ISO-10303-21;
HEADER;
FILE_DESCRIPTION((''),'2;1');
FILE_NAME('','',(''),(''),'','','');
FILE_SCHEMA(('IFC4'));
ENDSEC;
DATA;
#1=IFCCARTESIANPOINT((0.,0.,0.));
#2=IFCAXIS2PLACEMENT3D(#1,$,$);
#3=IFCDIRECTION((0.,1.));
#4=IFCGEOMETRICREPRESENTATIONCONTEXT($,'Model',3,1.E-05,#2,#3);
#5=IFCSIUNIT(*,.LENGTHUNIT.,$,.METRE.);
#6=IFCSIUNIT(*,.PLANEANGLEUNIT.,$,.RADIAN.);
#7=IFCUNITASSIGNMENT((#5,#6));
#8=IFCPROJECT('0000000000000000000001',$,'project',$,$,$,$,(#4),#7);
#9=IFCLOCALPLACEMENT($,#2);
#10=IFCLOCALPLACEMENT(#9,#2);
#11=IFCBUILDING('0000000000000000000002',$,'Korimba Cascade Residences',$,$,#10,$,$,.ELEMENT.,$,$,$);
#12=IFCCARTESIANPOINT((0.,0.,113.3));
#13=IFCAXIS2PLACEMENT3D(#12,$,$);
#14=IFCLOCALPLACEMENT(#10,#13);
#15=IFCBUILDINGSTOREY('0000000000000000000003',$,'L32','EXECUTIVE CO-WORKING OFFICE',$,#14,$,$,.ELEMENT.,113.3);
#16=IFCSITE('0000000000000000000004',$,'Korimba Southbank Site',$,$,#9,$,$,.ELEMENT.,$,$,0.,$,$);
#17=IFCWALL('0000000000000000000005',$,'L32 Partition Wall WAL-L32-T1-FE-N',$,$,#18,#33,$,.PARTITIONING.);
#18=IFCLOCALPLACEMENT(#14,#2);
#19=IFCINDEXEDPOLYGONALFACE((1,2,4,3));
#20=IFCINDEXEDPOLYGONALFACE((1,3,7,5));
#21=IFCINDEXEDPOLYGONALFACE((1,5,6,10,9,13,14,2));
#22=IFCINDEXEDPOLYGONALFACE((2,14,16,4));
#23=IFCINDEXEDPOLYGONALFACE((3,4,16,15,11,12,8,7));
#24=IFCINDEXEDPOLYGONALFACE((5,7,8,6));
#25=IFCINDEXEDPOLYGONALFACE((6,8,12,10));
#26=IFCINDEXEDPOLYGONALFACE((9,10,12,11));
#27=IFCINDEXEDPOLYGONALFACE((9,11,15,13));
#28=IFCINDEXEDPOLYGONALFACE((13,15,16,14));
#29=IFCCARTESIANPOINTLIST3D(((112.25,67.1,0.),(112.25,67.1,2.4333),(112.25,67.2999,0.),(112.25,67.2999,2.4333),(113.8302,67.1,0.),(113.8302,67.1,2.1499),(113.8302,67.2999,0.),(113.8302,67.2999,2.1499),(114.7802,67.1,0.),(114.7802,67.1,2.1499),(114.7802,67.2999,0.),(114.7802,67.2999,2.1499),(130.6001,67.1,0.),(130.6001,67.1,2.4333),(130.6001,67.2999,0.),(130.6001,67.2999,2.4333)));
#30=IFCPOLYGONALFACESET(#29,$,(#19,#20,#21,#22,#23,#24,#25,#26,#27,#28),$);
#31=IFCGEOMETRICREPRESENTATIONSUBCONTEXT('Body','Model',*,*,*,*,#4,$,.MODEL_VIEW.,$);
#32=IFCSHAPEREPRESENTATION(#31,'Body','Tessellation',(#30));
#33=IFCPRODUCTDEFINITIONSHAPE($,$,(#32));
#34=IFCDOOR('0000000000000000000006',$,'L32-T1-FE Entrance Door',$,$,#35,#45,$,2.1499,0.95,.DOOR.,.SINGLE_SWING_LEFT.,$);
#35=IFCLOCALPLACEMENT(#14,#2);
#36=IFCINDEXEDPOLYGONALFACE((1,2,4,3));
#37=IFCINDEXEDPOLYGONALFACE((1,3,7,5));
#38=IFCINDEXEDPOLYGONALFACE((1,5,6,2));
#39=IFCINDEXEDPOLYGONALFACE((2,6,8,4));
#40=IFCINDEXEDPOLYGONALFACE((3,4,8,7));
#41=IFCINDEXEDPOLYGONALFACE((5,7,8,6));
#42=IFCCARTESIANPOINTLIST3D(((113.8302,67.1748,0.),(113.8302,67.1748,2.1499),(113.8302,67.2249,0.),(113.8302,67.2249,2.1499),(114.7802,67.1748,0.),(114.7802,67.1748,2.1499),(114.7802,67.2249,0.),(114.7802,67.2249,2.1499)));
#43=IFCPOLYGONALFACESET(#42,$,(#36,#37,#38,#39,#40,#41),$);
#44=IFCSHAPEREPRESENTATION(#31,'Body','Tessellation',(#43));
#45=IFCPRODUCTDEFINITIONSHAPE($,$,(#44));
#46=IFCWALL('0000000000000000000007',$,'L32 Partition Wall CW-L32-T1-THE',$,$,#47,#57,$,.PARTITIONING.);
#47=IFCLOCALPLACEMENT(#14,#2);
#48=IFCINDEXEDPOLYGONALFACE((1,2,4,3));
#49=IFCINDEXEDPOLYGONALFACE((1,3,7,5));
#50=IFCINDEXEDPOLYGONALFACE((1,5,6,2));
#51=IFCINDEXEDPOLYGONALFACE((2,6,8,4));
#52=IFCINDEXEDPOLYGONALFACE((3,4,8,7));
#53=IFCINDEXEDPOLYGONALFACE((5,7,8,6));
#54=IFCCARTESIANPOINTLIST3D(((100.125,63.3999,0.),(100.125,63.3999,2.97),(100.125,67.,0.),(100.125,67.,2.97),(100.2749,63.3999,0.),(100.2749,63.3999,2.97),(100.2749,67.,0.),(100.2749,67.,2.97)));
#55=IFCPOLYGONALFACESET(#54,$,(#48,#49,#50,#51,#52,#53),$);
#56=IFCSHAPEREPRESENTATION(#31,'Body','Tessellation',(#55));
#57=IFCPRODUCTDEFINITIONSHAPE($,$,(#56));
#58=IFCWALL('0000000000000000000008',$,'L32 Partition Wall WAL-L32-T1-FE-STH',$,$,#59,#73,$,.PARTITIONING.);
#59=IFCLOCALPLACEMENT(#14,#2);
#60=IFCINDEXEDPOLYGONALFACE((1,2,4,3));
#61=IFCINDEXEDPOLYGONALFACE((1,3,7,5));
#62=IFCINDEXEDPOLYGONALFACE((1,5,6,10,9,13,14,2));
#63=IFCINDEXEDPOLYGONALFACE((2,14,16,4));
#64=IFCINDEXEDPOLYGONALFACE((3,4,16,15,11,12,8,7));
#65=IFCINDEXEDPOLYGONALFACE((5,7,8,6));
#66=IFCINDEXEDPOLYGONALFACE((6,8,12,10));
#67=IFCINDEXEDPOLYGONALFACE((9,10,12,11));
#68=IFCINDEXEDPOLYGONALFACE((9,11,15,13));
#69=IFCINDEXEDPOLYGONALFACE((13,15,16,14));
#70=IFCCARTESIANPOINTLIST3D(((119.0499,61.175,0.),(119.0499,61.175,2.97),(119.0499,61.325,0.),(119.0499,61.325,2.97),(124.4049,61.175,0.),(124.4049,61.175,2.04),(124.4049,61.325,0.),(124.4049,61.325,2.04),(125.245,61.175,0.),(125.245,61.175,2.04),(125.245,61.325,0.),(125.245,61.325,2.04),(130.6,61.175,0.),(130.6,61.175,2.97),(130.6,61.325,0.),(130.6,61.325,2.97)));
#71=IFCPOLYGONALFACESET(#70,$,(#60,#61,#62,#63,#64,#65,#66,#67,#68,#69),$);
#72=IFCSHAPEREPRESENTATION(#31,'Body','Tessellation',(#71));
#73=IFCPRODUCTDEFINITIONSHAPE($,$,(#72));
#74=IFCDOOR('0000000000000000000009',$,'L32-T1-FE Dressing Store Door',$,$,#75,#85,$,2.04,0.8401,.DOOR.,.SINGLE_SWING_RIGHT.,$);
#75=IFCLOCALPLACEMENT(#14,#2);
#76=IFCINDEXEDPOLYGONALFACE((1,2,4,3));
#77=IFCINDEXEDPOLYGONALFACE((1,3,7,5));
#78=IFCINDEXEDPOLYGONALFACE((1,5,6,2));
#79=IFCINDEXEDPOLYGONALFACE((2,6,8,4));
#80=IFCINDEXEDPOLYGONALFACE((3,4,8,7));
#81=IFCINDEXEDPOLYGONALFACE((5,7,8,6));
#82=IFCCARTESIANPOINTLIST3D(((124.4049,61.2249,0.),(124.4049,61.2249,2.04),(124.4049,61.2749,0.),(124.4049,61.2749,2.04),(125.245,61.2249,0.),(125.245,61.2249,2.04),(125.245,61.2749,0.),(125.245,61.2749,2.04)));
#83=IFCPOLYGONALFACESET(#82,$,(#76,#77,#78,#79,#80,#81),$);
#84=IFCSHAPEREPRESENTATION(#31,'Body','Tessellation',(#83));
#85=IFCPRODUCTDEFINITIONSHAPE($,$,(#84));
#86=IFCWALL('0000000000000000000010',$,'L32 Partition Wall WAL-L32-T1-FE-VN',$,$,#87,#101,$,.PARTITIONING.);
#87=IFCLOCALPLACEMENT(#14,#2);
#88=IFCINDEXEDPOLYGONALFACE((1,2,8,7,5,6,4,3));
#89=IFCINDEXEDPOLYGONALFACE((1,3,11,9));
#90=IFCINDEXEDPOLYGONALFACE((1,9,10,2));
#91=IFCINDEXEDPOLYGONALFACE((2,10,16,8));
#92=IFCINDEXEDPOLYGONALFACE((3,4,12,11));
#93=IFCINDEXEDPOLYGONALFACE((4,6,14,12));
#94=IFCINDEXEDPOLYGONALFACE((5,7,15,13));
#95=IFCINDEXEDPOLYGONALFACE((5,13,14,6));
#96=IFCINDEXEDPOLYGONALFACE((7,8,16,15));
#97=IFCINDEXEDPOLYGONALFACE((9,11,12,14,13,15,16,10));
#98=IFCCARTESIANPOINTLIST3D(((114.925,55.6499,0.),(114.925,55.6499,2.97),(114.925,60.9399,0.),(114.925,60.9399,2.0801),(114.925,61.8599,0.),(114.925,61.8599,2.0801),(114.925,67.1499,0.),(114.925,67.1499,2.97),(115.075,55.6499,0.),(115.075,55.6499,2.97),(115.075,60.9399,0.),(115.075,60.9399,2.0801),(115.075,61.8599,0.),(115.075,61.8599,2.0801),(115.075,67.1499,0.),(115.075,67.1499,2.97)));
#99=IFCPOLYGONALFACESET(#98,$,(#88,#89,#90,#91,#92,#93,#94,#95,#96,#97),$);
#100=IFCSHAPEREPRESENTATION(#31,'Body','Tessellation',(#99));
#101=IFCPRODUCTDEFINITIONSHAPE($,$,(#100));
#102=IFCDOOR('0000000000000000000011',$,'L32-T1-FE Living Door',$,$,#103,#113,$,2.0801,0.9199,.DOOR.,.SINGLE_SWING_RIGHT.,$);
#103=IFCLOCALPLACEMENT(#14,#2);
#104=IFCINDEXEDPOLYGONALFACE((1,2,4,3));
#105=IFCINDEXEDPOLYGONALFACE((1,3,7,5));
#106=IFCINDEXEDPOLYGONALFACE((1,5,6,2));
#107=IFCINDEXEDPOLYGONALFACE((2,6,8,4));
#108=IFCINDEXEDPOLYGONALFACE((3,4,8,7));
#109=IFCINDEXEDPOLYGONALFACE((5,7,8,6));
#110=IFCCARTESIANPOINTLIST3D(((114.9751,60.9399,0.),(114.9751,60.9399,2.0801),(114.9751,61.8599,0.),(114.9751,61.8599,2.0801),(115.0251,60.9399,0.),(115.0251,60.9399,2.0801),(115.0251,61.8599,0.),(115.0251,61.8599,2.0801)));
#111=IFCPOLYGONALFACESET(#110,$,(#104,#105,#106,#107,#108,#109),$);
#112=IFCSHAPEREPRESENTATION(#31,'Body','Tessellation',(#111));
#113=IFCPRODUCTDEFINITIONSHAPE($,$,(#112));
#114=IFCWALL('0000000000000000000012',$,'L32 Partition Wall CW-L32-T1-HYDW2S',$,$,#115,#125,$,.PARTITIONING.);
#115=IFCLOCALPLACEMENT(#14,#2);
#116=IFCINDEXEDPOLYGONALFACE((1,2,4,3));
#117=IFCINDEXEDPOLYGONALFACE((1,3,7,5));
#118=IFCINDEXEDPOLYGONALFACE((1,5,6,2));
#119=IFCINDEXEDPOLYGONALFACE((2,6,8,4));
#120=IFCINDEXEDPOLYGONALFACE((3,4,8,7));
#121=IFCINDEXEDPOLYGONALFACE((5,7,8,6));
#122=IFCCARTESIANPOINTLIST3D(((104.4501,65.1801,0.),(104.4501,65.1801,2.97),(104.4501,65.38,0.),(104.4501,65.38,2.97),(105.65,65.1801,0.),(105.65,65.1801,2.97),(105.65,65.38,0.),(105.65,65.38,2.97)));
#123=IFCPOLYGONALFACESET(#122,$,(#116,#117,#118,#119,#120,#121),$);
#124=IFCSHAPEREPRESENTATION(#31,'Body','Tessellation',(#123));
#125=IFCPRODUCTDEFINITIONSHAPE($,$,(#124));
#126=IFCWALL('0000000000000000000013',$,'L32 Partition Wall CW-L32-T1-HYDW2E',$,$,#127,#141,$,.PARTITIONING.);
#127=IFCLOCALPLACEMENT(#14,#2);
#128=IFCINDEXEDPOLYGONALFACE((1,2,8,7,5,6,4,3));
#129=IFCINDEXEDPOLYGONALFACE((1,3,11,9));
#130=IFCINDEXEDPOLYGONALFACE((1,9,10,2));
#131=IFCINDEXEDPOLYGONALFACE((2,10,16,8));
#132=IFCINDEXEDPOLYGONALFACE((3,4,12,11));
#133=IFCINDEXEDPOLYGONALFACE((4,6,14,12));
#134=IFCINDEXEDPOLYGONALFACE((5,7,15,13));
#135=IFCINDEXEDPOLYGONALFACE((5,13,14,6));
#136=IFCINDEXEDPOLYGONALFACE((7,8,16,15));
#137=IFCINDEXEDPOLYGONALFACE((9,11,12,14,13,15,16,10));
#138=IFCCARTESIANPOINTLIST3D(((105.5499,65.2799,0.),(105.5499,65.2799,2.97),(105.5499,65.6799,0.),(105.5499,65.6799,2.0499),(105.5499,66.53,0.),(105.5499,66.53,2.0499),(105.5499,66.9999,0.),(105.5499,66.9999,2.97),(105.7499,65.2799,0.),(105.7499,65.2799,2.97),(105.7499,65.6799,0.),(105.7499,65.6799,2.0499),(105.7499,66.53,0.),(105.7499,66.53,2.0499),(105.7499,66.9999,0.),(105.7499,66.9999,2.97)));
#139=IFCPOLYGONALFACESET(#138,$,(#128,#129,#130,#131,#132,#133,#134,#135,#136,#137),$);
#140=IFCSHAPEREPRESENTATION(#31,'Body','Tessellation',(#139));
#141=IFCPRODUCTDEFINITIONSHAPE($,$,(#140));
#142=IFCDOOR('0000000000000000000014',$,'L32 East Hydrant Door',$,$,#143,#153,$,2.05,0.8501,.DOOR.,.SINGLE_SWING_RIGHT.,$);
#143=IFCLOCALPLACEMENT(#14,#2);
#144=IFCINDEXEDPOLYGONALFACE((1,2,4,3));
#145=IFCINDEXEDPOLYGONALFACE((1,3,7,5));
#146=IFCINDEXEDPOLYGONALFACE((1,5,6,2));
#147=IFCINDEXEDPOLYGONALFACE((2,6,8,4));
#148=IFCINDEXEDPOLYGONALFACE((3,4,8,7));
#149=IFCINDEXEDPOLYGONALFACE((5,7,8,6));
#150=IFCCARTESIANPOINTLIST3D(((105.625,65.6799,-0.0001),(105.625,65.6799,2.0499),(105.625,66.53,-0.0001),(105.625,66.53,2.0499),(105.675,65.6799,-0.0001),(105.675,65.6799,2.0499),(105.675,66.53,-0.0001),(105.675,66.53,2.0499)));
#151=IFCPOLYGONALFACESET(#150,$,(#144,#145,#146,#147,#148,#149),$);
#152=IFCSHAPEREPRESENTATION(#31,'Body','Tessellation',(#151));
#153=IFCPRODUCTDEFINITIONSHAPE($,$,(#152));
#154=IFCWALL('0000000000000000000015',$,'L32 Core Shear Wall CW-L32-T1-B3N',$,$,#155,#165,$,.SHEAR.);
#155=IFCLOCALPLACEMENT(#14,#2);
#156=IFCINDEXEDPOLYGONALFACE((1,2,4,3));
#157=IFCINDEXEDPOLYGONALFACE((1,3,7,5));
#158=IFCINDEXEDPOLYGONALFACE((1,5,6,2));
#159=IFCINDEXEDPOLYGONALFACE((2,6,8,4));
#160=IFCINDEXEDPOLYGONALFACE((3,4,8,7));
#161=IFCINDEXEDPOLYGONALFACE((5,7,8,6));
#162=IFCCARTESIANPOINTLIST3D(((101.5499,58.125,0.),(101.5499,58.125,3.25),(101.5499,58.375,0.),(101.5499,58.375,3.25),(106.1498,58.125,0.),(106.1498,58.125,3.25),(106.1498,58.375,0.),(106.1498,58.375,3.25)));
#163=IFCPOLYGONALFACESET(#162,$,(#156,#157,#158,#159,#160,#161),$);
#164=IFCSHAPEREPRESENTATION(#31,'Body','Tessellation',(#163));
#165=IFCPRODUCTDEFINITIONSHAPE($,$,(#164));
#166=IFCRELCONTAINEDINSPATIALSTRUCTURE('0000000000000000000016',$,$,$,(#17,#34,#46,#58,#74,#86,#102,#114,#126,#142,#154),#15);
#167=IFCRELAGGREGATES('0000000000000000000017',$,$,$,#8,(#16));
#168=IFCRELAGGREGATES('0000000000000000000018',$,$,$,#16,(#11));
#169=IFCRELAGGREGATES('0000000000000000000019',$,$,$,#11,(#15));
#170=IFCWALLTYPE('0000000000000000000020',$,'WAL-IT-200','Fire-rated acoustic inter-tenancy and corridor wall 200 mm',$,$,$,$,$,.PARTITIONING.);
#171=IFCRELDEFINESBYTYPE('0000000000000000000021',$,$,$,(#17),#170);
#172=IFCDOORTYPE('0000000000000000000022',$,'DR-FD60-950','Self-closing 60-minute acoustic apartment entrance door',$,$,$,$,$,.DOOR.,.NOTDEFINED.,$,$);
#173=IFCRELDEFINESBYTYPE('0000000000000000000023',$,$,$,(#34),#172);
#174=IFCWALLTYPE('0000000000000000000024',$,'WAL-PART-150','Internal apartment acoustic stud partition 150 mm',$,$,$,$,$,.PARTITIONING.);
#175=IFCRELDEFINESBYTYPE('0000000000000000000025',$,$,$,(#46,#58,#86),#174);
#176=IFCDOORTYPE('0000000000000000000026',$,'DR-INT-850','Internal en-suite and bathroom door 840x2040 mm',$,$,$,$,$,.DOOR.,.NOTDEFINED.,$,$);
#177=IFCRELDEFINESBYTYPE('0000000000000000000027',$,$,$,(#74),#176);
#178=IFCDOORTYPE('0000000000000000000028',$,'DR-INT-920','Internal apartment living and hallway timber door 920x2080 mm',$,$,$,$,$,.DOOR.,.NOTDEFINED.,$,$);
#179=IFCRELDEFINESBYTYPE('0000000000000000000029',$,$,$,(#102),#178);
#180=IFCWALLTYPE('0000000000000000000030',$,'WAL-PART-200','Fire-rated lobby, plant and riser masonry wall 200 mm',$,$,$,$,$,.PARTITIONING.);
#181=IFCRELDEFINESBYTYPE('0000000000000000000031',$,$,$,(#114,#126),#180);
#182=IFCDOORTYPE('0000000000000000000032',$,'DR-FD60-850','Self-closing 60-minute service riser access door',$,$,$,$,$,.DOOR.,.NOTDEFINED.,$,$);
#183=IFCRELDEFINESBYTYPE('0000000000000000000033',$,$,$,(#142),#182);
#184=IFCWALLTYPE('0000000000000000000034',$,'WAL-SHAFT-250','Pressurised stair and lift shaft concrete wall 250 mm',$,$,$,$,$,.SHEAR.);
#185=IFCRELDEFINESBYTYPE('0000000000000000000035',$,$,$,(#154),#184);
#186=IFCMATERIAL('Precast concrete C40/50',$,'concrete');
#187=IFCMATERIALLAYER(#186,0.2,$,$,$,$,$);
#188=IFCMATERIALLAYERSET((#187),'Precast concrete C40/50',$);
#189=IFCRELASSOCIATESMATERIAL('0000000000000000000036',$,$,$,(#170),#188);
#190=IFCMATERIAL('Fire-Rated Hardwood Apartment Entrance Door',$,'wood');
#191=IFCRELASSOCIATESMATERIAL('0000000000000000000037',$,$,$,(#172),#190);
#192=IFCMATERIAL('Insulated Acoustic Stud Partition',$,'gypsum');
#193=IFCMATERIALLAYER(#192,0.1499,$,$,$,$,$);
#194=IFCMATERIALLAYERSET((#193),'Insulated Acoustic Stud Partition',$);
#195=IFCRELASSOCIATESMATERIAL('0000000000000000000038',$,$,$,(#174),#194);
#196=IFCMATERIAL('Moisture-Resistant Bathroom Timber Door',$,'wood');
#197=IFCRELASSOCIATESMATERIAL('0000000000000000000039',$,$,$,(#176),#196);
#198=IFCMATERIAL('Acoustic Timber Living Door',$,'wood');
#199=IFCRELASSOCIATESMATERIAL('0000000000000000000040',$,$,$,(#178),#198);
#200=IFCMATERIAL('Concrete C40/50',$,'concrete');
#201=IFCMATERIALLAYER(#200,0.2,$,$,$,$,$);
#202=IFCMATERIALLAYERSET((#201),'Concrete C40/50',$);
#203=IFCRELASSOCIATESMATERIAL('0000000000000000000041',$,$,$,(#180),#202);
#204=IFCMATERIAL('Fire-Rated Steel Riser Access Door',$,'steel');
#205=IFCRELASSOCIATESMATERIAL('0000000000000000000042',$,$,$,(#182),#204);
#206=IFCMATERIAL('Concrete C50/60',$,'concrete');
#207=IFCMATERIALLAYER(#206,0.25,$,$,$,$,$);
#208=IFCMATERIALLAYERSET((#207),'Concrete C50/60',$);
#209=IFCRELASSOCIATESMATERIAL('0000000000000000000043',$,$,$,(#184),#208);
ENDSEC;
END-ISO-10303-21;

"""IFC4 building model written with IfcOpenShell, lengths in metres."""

from ifc_helpers import new_model, si_unit, direction, frame, frame_2d, origin, place, context, subcontext, project, spatial, rectangle, extrude, material, layer, layer_set, type_object, element, fill, save


model = new_model("IFC4")

# Units and contexts
model_context = context("Model", 3, precision=1e-05, world=origin(), true_north=direction((0.0, 1.0)))
body_context = subcontext(model_context, "Body", "Model", "MODEL_VIEW")
ifc_project = project(units=[si_unit("LENGTHUNIT", "METRE"), si_unit("PLANEANGLEUNIT", "RADIAN")], contexts=[model_context])

# Site, building, storey
site_placement = place(None, origin())
site = spatial("IfcSite", under=ifc_project, at=site_placement, Name="Korimba Southbank Site", CompositionType="ELEMENT", RefElevation=0.0)
building_placement = place(site_placement, origin())
building = spatial("IfcBuilding", under=site, at=building_placement, Name="Korimba Cascade Residences", CompositionType="ELEMENT")
storey_placement = place(building_placement, frame((0.0, 0.0, 113.3)))
storey = spatial("IfcBuildingStorey", under=building, at=storey_placement, Name="L32", Description="EXECUTIVE CO-WORKING OFFICE", CompositionType="ELEMENT", Elevation=113.3)

# Wall, opening, door
ifc_material_1 = material(Name="Precast concrete C40/50", Category="concrete")
ifc_layer_1 = layer(ifc_material_1, 0.2)
ifc_layer_set_1 = layer_set([ifc_layer_1], Name="Precast concrete C40/50")
wall_type_1 = type_object("IfcWallType", Name="WAL-IT-200", Description="Fire-rated acoustic inter-tenancy and corridor wall 200 mm", PredefinedType="PARTITIONING", material=ifc_layer_set_1)
wall_1_placement = place(storey_placement, frame((112.25, 67.2, 0.0), z_axis=(0.0, 0.0, 1.0), x_axis=(1.0, 0.0, 0.0)))
wall_1 = element("IfcWall", 1, at=wall_1_placement, inside=storey, type_object=wall_type_1, Name="L32 Partition Wall WAL-L32-T1-FE-N", PredefinedType="PARTITIONING", context=body_context, shape_type="SweptSolid", body=[
    extrude(rectangle(XDim=18.3501, YDim=0.2, at=frame_2d((9.175, 0.0))), origin(), (0.0, 0.0, 1.0), 2.4333),
])
opening_1_placement = place(wall_1_placement, frame((1.5801, 0.0, 0.0)))
opening_1 = element("IfcOpeningElement", 2, at=opening_1_placement, cuts=wall_1, PredefinedType="OPENING", context=body_context, shape_type="SweptSolid", body=[
    extrude(rectangle(XDim=0.95, YDim=2.1499, at=frame_2d((0.4751, 1.075))), frame((0.0, 0.1099, 0.0), z_axis=(0.0, -1.0, 0.0), x_axis=(1.0, 0.0, 0.0)), (0.0, 0.0, 1.0), 0.22),
])
ifc_material_2 = material(Name="Fire-Rated Hardwood Apartment Entrance Door", Category="wood")
door_type_1 = type_object("IfcDoorType", Name="DR-FD60-950", Description="Self-closing 60-minute acoustic apartment entrance door", OperationType="NOTDEFINED", PredefinedType="DOOR", material=ifc_material_2)
door_1_placement = place(opening_1_placement, origin())
door_1 = element("IfcDoor", 3, at=door_1_placement, inside=storey, type_object=door_type_1, Name="L32-T1-FE Entrance Door", OperationType="SINGLE_SWING_LEFT", OverallHeight=2.1499, OverallWidth=0.95, PredefinedType="DOOR", context=body_context, shape_type="SweptSolid", body=[
    extrude(rectangle(XDim=0.95, YDim=2.1499, at=frame_2d((0.4751, 1.075))), frame((0.0, 0.0249, 0.0), z_axis=(0.0, -1.0, 0.0), x_axis=(1.0, 0.0, 0.0)), (0.0, 0.0, 1.0), 0.05),
])
fill(opening_1, door_1)

# Wall
ifc_material_3 = material(Name="Insulated Acoustic Stud Partition", Category="gypsum")
ifc_layer_2 = layer(ifc_material_3, 0.1499)
ifc_layer_set_2 = layer_set([ifc_layer_2], Name="Insulated Acoustic Stud Partition")
wall_type_2 = type_object("IfcWallType", Name="WAL-PART-150", Description="Internal apartment acoustic stud partition 150 mm", PredefinedType="PARTITIONING", material=ifc_layer_set_2)
wall_2_placement = place(storey_placement, frame((100.2, 63.3999, 0.0), z_axis=(0.0, 0.0, 1.0), x_axis=(0.0, 1.0, 0.0)))
element("IfcWall", 4, at=wall_2_placement, inside=storey, type_object=wall_type_2, Name="L32 Partition Wall CW-L32-T1-THE", PredefinedType="PARTITIONING", context=body_context, shape_type="SweptSolid", body=[
    extrude(rectangle(XDim=3.6001, YDim=0.1499, at=frame_2d((1.8, 0.0))), origin(), (0.0, 0.0, 1.0), 2.97),
])

# Walls, openings, doors
wall_3_placement = place(storey_placement, frame((119.05, 61.25, 0.0), z_axis=(0.0, 0.0, 1.0), x_axis=(1.0, 0.0, 0.0)))
wall_3 = element("IfcWall", 5, at=wall_3_placement, inside=storey, type_object=wall_type_2, Name="L32 Partition Wall WAL-L32-T1-FE-STH", PredefinedType="PARTITIONING", context=body_context, shape_type="SweptSolid", body=[
    extrude(rectangle(XDim=11.55, YDim=0.1499, at=frame_2d((5.7749, 0.0))), origin(), (0.0, 0.0, 1.0), 2.97),
])
opening_2_placement = place(wall_3_placement, frame((5.355, 0.0, 0.0)))
opening_2 = element("IfcOpeningElement", 6, at=opening_2_placement, cuts=wall_3, PredefinedType="OPENING", context=body_context, shape_type="SweptSolid", body=[
    extrude(rectangle(XDim=0.8401, YDim=2.04, at=frame_2d((0.4199, 1.02))), frame((0.0, 0.085, 0.0), z_axis=(0.0, -1.0, 0.0), x_axis=(1.0, 0.0, 0.0)), (0.0, 0.0, 1.0), 0.1699),
])
ifc_material_4 = material(Name="Moisture-Resistant Bathroom Timber Door", Category="wood")
door_type_2 = type_object("IfcDoorType", Name="DR-INT-850", Description="Internal en-suite and bathroom door 840x2040 mm", OperationType="NOTDEFINED", PredefinedType="DOOR", material=ifc_material_4)
door_2_placement = place(opening_2_placement, origin())
door_2 = element("IfcDoor", 7, at=door_2_placement, inside=storey, type_object=door_type_2, Name="L32-T1-FE Dressing Store Door", OperationType="SINGLE_SWING_RIGHT", OverallHeight=2.04, OverallWidth=0.8401, PredefinedType="DOOR", context=body_context, shape_type="SweptSolid", body=[
    extrude(rectangle(XDim=0.8401, YDim=2.04, at=frame_2d((0.4199, 1.02))), frame((0.0, 0.0249, 0.0), z_axis=(0.0, -1.0, 0.0), x_axis=(1.0, 0.0, 0.0)), (0.0, 0.0, 1.0), 0.05),
])
fill(opening_2, door_2)
wall_4_placement = place(storey_placement, frame((115.0, 55.6499, 0.0), z_axis=(0.0, 0.0, 1.0), x_axis=(0.0, 1.0, 0.0)))
wall_4 = element("IfcWall", 8, at=wall_4_placement, inside=storey, type_object=wall_type_2, Name="L32 Partition Wall WAL-L32-T1-FE-VN", PredefinedType="PARTITIONING", context=body_context, shape_type="SweptSolid", body=[
    extrude(rectangle(XDim=11.5, YDim=0.1499, at=frame_2d((5.75, 0.0))), origin(), (0.0, 0.0, 1.0), 2.97),
])
opening_3_placement = place(wall_4_placement, frame((5.29, 0.0, 0.0)))
opening_3 = element("IfcOpeningElement", 9, at=opening_3_placement, cuts=wall_4, PredefinedType="OPENING", context=body_context, shape_type="SweptSolid", body=[
    extrude(rectangle(XDim=0.9199, YDim=2.0801, at=frame_2d((0.46, 1.04))), frame((0.0, 0.085, 0.0), z_axis=(0.0, -1.0, 0.0), x_axis=(1.0, 0.0, 0.0)), (0.0, 0.0, 1.0), 0.1699),
])
ifc_material_5 = material(Name="Acoustic Timber Living Door", Category="wood")
door_type_3 = type_object("IfcDoorType", Name="DR-INT-920", Description="Internal apartment living and hallway timber door 920x2080 mm", OperationType="NOTDEFINED", PredefinedType="DOOR", material=ifc_material_5)
door_3_placement = place(opening_3_placement, origin())
door_3 = element("IfcDoor", 10, at=door_3_placement, inside=storey, type_object=door_type_3, Name="L32-T1-FE Living Door", OperationType="SINGLE_SWING_RIGHT", OverallHeight=2.0801, OverallWidth=0.9199, PredefinedType="DOOR", context=body_context, shape_type="SweptSolid", body=[
    extrude(rectangle(XDim=0.9199, YDim=2.0801, at=frame_2d((0.46, 1.04))), frame((0.0, 0.0249, 0.0), z_axis=(0.0, -1.0, 0.0), x_axis=(1.0, 0.0, 0.0)), (0.0, 0.0, 1.0), 0.05),
])
fill(opening_3, door_3)

# Wall
ifc_material_6 = material(Name="Concrete C40/50", Category="concrete")
ifc_layer_3 = layer(ifc_material_6, 0.2)
ifc_layer_set_3 = layer_set([ifc_layer_3], Name="Concrete C40/50")
wall_type_3 = type_object("IfcWallType", Name="WAL-PART-200", Description="Fire-rated lobby, plant and riser masonry wall 200 mm", PredefinedType="PARTITIONING", material=ifc_layer_set_3)
wall_5_placement = place(storey_placement, frame((104.45, 65.28, 0.0), z_axis=(0.0, 0.0, 1.0), x_axis=(1.0, 0.0, 0.0)))
element("IfcWall", 11, at=wall_5_placement, inside=storey, type_object=wall_type_3, Name="L32 Partition Wall CW-L32-T1-HYDW2S", PredefinedType="PARTITIONING", context=body_context, shape_type="SweptSolid", body=[
    extrude(rectangle(XDim=1.2, YDim=0.2, at=frame_2d((0.6001, 0.0))), origin(), (0.0, 0.0, 1.0), 2.97),
])

# Wall, opening, door
wall_6_placement = place(storey_placement, frame((105.6499, 65.28, 0.0), z_axis=(0.0, 0.0, 1.0), x_axis=(0.0, 1.0, 0.0)))
wall_6 = element("IfcWall", 12, at=wall_6_placement, inside=storey, type_object=wall_type_3, Name="L32 Partition Wall CW-L32-T1-HYDW2E", PredefinedType="PARTITIONING", context=body_context, shape_type="SweptSolid", body=[
    extrude(rectangle(XDim=1.72, YDim=0.2, at=frame_2d((0.8599, 0.0))), origin(), (0.0, 0.0, 1.0), 2.97),
])
opening_4_placement = place(wall_6_placement, frame((0.3999, 0.0, 0.0)))
opening_4 = element("IfcOpeningElement", 13, at=opening_4_placement, cuts=wall_6, PredefinedType="OPENING", context=body_context, shape_type="SweptSolid", body=[
    extrude(rectangle(XDim=0.8501, YDim=2.05, at=frame_2d((0.425, 1.0249))), frame((0.0, 0.1099, 0.0), z_axis=(0.0, -1.0, 0.0), x_axis=(1.0, 0.0, 0.0)), (0.0, 0.0, 1.0), 0.22),
])
ifc_material_7 = material(Name="Fire-Rated Steel Riser Access Door", Category="steel")
door_type_4 = type_object("IfcDoorType", Name="DR-FD60-850", Description="Self-closing 60-minute service riser access door", OperationType="NOTDEFINED", PredefinedType="DOOR", material=ifc_material_7)
door_4_placement = place(opening_4_placement, origin())
door_4 = element("IfcDoor", 14, at=door_4_placement, inside=storey, type_object=door_type_4, Name="L32 East Hydrant Door", OperationType="SINGLE_SWING_RIGHT", OverallHeight=2.05, OverallWidth=0.8501, PredefinedType="DOOR", context=body_context, shape_type="SweptSolid", body=[
    extrude(rectangle(XDim=0.8501, YDim=2.05, at=frame_2d((0.425, 1.0249))), frame((0.0, 0.0249, 0.0), z_axis=(0.0, -1.0, 0.0), x_axis=(1.0, 0.0, 0.0)), (0.0, 0.0, 1.0), 0.05),
])
fill(opening_4, door_4)

# Wall
ifc_material_8 = material(Name="Concrete C50/60", Category="concrete")
ifc_layer_4 = layer(ifc_material_8, 0.25)
ifc_layer_set_4 = layer_set([ifc_layer_4], Name="Concrete C50/60")
wall_type_4 = type_object("IfcWallType", Name="WAL-SHAFT-250", Description="Pressurised stair and lift shaft concrete wall 250 mm", PredefinedType="SHEAR", material=ifc_layer_set_4)
wall_7_placement = place(storey_placement, frame((101.55, 58.25, 0.0), z_axis=(0.0, 0.0, 1.0), x_axis=(1.0, 0.0, 0.0)))
element("IfcWall", 15, at=wall_7_placement, inside=storey, type_object=wall_type_4, Name="L32 Core Shear Wall CW-L32-T1-B3N", PredefinedType="SHEAR", context=body_context, shape_type="SweptSolid", body=[
    extrude(rectangle(XDim=4.5999, YDim=0.25, at=frame_2d((2.2998, 0.0))), origin(), (0.0, 0.0, 1.0), 3.25),
])

save(model, "model.ifc")
